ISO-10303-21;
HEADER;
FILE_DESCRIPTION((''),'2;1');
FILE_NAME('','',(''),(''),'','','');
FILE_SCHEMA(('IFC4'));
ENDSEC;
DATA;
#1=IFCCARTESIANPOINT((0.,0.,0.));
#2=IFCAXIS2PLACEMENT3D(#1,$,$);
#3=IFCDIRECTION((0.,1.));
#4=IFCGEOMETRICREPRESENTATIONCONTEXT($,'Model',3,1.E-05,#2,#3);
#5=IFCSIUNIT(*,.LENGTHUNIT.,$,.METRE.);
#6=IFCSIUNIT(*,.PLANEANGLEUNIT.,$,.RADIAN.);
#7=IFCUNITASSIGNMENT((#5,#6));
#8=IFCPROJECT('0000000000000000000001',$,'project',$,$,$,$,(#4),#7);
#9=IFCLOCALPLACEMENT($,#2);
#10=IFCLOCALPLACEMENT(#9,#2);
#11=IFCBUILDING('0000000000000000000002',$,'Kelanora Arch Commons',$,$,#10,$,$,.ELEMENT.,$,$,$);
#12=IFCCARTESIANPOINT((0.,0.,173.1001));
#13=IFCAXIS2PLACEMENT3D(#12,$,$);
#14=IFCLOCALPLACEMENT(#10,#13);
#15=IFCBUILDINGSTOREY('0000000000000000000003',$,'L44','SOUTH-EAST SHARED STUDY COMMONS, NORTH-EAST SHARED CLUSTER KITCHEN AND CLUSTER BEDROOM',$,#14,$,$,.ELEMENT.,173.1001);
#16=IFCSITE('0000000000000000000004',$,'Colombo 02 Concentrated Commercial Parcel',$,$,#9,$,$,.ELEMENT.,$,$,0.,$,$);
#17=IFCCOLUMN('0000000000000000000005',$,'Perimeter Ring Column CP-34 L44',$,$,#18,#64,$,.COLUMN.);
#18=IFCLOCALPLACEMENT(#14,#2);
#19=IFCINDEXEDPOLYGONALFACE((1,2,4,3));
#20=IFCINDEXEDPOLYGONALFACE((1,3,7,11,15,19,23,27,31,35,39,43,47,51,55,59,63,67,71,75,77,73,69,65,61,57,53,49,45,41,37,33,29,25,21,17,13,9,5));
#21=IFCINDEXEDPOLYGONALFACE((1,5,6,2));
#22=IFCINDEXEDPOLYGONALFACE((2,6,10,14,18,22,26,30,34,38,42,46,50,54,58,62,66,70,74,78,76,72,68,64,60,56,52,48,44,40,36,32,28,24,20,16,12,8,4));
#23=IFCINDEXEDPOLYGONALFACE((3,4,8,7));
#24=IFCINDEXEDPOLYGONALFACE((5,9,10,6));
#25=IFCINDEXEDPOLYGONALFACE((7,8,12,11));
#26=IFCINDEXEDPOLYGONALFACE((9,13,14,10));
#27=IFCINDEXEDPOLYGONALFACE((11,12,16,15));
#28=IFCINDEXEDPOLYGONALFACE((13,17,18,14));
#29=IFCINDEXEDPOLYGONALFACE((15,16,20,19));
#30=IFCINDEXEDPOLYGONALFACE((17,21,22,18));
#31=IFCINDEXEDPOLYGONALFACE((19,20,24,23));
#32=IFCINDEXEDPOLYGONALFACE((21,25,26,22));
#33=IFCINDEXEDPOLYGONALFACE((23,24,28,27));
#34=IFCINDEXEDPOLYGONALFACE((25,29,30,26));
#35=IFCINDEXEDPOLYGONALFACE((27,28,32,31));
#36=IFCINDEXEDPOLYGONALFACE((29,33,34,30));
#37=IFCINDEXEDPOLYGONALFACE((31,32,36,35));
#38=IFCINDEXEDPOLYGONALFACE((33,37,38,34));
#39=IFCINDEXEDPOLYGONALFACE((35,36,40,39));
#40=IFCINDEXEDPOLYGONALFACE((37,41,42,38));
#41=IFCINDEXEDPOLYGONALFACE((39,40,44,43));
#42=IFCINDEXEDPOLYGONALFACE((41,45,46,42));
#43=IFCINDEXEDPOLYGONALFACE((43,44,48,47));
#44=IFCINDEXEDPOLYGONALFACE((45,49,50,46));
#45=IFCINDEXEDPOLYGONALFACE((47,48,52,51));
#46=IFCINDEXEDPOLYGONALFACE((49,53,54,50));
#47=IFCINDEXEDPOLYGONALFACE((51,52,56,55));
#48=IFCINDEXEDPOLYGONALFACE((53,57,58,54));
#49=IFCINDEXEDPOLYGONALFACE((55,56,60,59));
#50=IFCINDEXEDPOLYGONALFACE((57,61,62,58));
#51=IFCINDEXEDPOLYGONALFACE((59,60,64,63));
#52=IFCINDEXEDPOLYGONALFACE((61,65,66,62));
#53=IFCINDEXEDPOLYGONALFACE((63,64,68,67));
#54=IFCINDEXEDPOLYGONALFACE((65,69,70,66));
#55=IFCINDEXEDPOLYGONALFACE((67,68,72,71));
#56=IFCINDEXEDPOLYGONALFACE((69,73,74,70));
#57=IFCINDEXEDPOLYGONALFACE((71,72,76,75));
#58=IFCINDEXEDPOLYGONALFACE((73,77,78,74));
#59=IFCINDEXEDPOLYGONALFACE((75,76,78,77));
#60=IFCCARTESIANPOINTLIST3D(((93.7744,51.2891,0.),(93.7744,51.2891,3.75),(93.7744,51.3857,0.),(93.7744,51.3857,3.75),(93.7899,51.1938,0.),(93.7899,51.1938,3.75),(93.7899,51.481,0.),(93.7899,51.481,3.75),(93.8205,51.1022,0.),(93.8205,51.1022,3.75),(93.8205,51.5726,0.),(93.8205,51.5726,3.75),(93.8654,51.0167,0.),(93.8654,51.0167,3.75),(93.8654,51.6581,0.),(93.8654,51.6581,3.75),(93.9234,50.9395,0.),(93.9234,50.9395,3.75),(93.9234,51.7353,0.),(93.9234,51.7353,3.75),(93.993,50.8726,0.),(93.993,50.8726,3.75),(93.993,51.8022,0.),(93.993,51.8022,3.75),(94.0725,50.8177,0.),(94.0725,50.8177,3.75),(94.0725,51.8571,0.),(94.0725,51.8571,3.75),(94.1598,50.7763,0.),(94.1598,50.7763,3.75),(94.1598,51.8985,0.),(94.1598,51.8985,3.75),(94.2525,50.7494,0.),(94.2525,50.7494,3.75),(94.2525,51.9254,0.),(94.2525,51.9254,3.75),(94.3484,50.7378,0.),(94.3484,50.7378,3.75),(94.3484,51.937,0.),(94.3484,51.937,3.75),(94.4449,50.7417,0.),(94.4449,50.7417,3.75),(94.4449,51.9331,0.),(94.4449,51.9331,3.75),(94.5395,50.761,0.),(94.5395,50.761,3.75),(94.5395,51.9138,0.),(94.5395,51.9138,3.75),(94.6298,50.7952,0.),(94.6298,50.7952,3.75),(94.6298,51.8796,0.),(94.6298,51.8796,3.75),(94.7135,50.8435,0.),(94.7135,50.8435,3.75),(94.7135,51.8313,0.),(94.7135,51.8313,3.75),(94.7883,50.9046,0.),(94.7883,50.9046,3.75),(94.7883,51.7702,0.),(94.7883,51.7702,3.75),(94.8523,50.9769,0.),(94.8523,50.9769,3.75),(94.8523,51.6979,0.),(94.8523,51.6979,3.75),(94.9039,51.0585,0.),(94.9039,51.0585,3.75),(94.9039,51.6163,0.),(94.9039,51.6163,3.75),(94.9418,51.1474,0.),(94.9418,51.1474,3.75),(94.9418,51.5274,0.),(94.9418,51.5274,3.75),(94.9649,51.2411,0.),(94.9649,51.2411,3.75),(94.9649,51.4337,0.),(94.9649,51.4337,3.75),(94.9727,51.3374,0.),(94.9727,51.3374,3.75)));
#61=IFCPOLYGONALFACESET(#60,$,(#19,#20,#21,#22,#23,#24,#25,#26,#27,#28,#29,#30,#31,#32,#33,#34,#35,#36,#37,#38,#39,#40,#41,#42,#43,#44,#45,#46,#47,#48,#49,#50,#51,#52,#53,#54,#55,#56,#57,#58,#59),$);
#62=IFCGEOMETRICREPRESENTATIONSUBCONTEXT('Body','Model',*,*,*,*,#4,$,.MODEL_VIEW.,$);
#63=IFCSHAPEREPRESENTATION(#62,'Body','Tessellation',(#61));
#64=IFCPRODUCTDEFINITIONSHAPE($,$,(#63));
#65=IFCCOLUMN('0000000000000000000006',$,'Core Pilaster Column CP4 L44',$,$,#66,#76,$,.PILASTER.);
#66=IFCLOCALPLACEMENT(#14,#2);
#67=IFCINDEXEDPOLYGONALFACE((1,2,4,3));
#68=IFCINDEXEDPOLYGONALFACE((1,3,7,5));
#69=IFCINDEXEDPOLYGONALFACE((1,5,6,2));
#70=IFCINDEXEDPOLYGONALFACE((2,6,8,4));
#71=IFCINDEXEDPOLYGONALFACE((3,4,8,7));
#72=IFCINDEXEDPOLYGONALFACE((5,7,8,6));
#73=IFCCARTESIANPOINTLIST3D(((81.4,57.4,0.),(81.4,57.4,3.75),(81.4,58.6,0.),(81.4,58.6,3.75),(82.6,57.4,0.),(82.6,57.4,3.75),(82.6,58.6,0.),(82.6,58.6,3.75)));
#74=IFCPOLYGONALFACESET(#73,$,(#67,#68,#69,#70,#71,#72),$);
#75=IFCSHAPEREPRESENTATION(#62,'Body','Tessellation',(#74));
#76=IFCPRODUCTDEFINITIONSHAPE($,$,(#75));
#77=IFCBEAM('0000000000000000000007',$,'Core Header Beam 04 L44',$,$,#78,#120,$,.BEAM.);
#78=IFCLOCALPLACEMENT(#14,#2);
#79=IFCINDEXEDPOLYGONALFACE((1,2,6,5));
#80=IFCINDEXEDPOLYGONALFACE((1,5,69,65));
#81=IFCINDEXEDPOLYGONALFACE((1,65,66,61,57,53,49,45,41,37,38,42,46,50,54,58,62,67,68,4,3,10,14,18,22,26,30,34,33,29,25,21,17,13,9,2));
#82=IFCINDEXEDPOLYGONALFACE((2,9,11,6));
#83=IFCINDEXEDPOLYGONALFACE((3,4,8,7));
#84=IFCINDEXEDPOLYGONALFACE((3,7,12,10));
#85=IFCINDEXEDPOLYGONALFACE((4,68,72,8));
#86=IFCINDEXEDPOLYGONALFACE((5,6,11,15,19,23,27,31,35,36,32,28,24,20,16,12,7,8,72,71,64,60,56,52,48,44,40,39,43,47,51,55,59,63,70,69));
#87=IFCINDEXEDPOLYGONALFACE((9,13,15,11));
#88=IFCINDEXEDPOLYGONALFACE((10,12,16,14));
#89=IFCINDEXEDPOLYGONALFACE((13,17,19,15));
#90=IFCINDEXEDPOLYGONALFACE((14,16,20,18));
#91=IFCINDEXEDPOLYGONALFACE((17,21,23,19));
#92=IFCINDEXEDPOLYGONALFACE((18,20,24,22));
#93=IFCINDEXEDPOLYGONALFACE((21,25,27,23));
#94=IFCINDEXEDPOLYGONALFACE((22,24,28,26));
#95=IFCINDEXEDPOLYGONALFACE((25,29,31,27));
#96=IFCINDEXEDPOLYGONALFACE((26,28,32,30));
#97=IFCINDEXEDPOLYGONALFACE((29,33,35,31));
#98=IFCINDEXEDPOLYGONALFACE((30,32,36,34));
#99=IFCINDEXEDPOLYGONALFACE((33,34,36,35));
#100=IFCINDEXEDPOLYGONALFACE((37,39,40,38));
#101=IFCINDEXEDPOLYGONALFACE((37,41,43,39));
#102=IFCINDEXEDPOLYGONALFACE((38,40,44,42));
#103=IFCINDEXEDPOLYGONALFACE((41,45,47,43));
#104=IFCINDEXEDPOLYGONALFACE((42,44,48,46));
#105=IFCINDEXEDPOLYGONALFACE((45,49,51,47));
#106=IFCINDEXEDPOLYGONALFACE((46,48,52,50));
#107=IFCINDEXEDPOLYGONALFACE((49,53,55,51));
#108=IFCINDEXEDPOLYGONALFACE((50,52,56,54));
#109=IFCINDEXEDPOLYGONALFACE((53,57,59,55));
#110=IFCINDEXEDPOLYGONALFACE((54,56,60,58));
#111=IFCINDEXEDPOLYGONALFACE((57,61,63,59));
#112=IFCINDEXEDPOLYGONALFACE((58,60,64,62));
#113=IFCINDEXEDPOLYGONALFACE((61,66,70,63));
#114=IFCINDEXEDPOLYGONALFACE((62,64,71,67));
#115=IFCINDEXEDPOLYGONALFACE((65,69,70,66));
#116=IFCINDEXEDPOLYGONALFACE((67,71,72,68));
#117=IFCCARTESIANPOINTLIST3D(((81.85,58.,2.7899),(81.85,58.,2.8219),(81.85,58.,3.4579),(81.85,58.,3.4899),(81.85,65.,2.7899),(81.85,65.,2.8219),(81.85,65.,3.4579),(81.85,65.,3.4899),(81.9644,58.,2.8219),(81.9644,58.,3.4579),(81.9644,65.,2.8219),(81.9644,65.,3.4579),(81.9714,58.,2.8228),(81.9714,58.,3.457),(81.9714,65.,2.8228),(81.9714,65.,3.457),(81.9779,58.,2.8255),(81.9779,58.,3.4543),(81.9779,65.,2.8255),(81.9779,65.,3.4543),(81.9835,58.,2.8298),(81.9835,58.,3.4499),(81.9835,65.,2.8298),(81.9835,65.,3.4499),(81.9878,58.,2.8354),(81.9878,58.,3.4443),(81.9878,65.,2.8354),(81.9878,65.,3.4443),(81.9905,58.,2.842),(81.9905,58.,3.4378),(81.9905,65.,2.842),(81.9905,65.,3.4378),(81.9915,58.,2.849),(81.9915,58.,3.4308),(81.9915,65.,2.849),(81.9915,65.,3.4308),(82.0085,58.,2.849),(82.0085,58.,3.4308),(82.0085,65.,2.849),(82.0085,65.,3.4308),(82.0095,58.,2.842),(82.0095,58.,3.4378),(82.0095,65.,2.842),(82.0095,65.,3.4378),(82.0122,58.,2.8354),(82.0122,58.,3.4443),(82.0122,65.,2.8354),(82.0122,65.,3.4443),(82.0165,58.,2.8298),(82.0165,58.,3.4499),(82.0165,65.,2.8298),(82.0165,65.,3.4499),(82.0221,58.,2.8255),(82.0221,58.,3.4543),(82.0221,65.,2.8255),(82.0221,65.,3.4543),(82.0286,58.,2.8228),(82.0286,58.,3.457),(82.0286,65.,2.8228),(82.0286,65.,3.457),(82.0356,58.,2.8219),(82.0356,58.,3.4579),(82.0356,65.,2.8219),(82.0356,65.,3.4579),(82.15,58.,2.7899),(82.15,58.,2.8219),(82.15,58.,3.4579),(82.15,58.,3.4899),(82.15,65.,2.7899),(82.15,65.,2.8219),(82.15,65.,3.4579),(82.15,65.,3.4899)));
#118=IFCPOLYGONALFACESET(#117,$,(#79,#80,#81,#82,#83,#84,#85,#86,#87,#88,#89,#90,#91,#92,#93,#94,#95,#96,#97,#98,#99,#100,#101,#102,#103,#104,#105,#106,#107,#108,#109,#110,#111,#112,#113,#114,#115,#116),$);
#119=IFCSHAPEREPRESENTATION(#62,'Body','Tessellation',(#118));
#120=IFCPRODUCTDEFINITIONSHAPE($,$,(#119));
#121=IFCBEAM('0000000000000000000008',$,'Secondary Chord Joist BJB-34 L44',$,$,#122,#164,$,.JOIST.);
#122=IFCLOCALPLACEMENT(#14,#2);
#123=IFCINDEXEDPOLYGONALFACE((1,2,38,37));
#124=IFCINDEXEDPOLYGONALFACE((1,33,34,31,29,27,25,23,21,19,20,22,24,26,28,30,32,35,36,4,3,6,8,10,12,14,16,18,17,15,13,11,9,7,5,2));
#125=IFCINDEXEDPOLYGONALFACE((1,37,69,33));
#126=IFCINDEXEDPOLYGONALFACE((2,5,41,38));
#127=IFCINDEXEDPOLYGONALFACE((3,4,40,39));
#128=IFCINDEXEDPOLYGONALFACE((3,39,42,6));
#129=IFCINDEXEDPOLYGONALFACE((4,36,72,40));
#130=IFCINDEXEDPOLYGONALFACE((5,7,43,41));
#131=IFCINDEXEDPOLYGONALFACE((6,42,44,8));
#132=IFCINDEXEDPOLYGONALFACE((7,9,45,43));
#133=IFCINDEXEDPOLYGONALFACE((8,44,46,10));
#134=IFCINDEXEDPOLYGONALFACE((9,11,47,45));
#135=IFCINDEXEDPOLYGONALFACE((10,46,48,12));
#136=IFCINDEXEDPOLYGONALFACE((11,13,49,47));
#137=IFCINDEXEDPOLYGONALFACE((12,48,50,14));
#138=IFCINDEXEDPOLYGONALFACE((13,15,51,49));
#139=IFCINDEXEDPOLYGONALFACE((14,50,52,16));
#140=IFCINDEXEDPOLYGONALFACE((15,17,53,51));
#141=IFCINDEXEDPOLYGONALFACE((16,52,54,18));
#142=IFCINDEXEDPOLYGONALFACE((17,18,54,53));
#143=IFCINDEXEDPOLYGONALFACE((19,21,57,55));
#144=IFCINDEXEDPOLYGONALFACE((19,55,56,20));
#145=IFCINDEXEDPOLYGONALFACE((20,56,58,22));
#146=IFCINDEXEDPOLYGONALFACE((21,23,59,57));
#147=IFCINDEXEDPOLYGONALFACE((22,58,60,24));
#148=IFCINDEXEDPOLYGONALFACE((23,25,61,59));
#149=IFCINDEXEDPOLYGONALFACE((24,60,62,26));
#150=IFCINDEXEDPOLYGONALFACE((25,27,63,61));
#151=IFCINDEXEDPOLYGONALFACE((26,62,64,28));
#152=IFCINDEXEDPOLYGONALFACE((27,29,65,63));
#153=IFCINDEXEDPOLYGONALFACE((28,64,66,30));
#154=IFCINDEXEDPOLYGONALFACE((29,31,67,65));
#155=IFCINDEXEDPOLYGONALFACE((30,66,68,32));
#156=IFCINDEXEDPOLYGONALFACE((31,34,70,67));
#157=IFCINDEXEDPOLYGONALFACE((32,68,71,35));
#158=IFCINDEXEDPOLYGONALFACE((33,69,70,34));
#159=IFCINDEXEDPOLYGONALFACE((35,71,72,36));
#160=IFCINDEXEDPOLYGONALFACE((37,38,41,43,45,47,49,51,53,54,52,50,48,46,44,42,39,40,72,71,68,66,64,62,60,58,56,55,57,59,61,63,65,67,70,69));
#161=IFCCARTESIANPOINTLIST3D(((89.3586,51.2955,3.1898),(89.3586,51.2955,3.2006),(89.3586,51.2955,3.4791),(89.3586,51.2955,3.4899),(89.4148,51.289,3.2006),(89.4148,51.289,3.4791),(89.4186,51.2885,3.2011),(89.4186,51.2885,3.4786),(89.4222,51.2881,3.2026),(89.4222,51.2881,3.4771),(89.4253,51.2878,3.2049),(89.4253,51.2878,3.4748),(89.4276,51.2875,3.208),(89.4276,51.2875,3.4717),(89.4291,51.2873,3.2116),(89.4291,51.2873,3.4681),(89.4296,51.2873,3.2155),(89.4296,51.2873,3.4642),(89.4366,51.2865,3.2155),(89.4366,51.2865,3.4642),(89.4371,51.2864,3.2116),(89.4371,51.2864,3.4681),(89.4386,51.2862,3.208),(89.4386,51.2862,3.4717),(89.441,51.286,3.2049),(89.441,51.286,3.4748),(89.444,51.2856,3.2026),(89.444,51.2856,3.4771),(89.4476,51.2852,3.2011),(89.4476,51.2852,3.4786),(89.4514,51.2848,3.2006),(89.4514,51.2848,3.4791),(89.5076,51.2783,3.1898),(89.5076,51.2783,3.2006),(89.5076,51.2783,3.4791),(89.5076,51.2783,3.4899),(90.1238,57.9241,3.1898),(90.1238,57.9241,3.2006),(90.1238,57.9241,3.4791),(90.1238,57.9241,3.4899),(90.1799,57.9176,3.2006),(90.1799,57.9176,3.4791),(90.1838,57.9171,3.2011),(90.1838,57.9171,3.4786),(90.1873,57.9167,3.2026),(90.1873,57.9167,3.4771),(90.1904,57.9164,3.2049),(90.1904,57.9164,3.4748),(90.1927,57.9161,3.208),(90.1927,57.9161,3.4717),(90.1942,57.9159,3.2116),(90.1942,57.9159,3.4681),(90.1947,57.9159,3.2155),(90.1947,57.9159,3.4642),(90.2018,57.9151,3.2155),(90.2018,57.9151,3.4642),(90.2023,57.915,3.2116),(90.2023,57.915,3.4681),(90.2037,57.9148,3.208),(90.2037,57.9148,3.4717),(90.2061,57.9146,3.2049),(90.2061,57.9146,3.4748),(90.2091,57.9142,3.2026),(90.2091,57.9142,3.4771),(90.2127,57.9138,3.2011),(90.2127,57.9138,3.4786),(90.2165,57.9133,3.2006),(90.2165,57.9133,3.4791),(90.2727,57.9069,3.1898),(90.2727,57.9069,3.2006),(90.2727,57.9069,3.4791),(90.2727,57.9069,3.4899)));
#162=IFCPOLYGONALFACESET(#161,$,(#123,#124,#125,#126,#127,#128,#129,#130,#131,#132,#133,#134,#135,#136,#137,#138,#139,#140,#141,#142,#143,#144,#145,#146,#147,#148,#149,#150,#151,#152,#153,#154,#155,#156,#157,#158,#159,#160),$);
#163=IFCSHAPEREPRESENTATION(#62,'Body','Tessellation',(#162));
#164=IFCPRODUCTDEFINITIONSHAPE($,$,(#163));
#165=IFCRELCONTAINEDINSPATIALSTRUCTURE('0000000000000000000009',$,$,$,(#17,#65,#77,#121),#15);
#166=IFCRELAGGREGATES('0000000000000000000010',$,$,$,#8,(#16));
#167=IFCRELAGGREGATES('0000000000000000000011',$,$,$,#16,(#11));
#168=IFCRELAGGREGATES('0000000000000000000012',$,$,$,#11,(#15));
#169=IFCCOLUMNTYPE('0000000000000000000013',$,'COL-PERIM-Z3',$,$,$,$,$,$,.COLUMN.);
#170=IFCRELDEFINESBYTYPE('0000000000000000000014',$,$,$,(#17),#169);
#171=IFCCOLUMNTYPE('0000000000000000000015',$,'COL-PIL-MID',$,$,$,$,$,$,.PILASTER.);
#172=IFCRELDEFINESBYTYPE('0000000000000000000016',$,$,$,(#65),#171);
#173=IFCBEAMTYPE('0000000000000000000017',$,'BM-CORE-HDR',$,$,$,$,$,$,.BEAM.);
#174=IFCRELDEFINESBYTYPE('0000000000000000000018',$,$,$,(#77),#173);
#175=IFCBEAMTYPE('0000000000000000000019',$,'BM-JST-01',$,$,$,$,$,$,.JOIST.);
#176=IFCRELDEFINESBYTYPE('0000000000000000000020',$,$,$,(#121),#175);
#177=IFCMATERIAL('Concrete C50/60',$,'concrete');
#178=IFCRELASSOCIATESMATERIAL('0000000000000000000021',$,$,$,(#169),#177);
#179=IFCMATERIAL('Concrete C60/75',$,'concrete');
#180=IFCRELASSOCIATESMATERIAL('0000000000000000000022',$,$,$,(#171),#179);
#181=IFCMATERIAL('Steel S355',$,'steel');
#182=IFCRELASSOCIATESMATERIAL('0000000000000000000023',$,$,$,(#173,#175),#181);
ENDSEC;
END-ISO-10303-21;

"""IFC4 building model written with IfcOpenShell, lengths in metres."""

from ifc_helpers import new_model, si_unit, direction, frame, origin, origin_2d, place, context, subcontext, project, spatial, rectangle, circle, i_section, extrude, material, material_profile, profile_set, type_object, element, save


model = new_model("IFC4")

# Units and contexts
model_context = context("Model", 3, precision=1e-05, world=origin(), true_north=direction((0.0, 1.0)))
body_context = subcontext(model_context, "Body", "Model", "MODEL_VIEW")
ifc_project = project(units=[si_unit("LENGTHUNIT", "METRE"), si_unit("PLANEANGLEUNIT", "RADIAN")], contexts=[model_context])

# Site, building, storey
site_placement = place(None, origin())
site = spatial("IfcSite", under=ifc_project, at=site_placement, Name="Colombo 02 Concentrated Commercial Parcel", CompositionType="ELEMENT", RefElevation=0.0)
building_placement = place(site_placement, origin())
building = spatial("IfcBuilding", under=site, at=building_placement, Name="Kelanora Arch Commons", CompositionType="ELEMENT")
storey_placement = place(building_placement, frame((0.0, 0.0, 173.1001)))
storey = spatial("IfcBuildingStorey", under=building, at=storey_placement, Name="L44", Description="SOUTH-EAST SHARED STUDY COMMONS, NORTH-EAST SHARED CLUSTER KITCHEN AND CLUSTER BEDROOM", CompositionType="ELEMENT", Elevation=173.1001)

# Columns
ifc_material_1 = material(Name="Concrete C50/60", Category="concrete")
ifc_material_profile_1 = material_profile(ifc_material_1, circle(Radius=0.6001, at=origin_2d()), Name="RCC1200")
ifc_profile_set_1 = profile_set([ifc_material_profile_1], Name="Concrete C50/60")
column_type_1 = type_object("IfcColumnType", Name="COL-PERIM-Z3", PredefinedType="COLUMN", material=ifc_profile_set_1)
column_1_placement = place(storey_placement, frame((94.3726, 51.3374, 0.0), z_axis=(0.0, 0.0, 1.0), x_axis=(1.0, 0.0, 0.0)))
element("IfcColumn", 1, at=column_1_placement, inside=storey, type_object=column_type_1, Name="Perimeter Ring Column CP-34 L44", PredefinedType="COLUMN", context=body_context, shape_type="SweptSolid", body=[
    extrude(circle(Radius=0.6001, at=origin_2d()), origin(), (0.0, 0.0, 1.0), 3.75),
])
ifc_material_2 = material(Name="Concrete C60/75", Category="concrete")
ifc_material_profile_2 = material_profile(ifc_material_2, rectangle(XDim=1.2, YDim=1.2, at=origin_2d()), Name="RC1200x1200")
ifc_profile_set_2 = profile_set([ifc_material_profile_2], Name="Concrete C60/75")
column_type_2 = type_object("IfcColumnType", Name="COL-PIL-MID", PredefinedType="PILASTER", material=ifc_profile_set_2)
column_2_placement = place(storey_placement, frame((82.0, 58.0, 0.0), z_axis=(0.0, 0.0, 1.0), x_axis=(1.0, 0.0, 0.0)))
element("IfcColumn", 2, at=column_2_placement, inside=storey, type_object=column_type_2, Name="Core Pilaster Column CP4 L44", PredefinedType="PILASTER", context=body_context, shape_type="SweptSolid", body=[
    extrude(rectangle(XDim=1.2, YDim=1.2, at=origin_2d()), origin(), (0.0, 0.0, 1.0), 3.75),
])

# Beams
ifc_material_3 = material(Name="Steel S355", Category="steel")
ifc_material_profile_3 = material_profile(ifc_material_3, i_section(OverallWidth=0.3, OverallDepth=0.7, WebThickness=0.0171, FlangeThickness=0.032, FilletRadius=0.0271, at=origin_2d()), Name="HEB700")
ifc_profile_set_3 = profile_set([ifc_material_profile_3], Name="Steel S355")
beam_type_1 = type_object("IfcBeamType", Name="BM-CORE-HDR", PredefinedType="BEAM", material=ifc_profile_set_3)
beam_1_placement = place(storey_placement, frame((82.0, 58.0, 3.1399), z_axis=(0.0, 1.0, 0.0), x_axis=(-1.0, 0.0, 0.0)))
element("IfcBeam", 3, at=beam_1_placement, inside=storey, type_object=beam_type_1, Name="Core Header Beam 04 L44", PredefinedType="BEAM", context=body_context, shape_type="SweptSolid", body=[
    extrude(i_section(OverallWidth=0.3, OverallDepth=0.7, WebThickness=0.0171, FlangeThickness=0.032, FilletRadius=0.0271, at=origin_2d()), origin(), (0.0, 0.0, 1.0), 7.0),
])
ifc_material_profile_4 = material_profile(ifc_material_3, i_section(OverallWidth=0.1499, OverallDepth=0.3, WebThickness=0.0071, FlangeThickness=0.0107, FilletRadius=0.0149, at=origin_2d()), Name="IPE300")
ifc_profile_set_4 = profile_set([ifc_material_profile_4], Name="Steel S355")
beam_type_2 = type_object("IfcBeamType", Name="BM-JST-01", PredefinedType="JOIST", material=ifc_profile_set_4)
beam_2_placement = place(storey_placement, frame((89.4331, 51.2869, 3.3398), z_axis=(0.114667, 0.993404, 0.0), x_axis=(-0.993404, 0.114667, 0.0)))
element("IfcBeam", 4, at=beam_2_placement, inside=storey, type_object=beam_type_2, Name="Secondary Chord Joist BJB-34 L44", PredefinedType="JOIST", context=body_context, shape_type="SweptSolid", body=[
    extrude(i_section(OverallWidth=0.1499, OverallDepth=0.3, WebThickness=0.0071, FlangeThickness=0.0107, FilletRadius=0.0149, at=origin_2d()), origin(), (0.0, 0.0, 1.0), 6.6726),
])

save(model, "model.ifc")
